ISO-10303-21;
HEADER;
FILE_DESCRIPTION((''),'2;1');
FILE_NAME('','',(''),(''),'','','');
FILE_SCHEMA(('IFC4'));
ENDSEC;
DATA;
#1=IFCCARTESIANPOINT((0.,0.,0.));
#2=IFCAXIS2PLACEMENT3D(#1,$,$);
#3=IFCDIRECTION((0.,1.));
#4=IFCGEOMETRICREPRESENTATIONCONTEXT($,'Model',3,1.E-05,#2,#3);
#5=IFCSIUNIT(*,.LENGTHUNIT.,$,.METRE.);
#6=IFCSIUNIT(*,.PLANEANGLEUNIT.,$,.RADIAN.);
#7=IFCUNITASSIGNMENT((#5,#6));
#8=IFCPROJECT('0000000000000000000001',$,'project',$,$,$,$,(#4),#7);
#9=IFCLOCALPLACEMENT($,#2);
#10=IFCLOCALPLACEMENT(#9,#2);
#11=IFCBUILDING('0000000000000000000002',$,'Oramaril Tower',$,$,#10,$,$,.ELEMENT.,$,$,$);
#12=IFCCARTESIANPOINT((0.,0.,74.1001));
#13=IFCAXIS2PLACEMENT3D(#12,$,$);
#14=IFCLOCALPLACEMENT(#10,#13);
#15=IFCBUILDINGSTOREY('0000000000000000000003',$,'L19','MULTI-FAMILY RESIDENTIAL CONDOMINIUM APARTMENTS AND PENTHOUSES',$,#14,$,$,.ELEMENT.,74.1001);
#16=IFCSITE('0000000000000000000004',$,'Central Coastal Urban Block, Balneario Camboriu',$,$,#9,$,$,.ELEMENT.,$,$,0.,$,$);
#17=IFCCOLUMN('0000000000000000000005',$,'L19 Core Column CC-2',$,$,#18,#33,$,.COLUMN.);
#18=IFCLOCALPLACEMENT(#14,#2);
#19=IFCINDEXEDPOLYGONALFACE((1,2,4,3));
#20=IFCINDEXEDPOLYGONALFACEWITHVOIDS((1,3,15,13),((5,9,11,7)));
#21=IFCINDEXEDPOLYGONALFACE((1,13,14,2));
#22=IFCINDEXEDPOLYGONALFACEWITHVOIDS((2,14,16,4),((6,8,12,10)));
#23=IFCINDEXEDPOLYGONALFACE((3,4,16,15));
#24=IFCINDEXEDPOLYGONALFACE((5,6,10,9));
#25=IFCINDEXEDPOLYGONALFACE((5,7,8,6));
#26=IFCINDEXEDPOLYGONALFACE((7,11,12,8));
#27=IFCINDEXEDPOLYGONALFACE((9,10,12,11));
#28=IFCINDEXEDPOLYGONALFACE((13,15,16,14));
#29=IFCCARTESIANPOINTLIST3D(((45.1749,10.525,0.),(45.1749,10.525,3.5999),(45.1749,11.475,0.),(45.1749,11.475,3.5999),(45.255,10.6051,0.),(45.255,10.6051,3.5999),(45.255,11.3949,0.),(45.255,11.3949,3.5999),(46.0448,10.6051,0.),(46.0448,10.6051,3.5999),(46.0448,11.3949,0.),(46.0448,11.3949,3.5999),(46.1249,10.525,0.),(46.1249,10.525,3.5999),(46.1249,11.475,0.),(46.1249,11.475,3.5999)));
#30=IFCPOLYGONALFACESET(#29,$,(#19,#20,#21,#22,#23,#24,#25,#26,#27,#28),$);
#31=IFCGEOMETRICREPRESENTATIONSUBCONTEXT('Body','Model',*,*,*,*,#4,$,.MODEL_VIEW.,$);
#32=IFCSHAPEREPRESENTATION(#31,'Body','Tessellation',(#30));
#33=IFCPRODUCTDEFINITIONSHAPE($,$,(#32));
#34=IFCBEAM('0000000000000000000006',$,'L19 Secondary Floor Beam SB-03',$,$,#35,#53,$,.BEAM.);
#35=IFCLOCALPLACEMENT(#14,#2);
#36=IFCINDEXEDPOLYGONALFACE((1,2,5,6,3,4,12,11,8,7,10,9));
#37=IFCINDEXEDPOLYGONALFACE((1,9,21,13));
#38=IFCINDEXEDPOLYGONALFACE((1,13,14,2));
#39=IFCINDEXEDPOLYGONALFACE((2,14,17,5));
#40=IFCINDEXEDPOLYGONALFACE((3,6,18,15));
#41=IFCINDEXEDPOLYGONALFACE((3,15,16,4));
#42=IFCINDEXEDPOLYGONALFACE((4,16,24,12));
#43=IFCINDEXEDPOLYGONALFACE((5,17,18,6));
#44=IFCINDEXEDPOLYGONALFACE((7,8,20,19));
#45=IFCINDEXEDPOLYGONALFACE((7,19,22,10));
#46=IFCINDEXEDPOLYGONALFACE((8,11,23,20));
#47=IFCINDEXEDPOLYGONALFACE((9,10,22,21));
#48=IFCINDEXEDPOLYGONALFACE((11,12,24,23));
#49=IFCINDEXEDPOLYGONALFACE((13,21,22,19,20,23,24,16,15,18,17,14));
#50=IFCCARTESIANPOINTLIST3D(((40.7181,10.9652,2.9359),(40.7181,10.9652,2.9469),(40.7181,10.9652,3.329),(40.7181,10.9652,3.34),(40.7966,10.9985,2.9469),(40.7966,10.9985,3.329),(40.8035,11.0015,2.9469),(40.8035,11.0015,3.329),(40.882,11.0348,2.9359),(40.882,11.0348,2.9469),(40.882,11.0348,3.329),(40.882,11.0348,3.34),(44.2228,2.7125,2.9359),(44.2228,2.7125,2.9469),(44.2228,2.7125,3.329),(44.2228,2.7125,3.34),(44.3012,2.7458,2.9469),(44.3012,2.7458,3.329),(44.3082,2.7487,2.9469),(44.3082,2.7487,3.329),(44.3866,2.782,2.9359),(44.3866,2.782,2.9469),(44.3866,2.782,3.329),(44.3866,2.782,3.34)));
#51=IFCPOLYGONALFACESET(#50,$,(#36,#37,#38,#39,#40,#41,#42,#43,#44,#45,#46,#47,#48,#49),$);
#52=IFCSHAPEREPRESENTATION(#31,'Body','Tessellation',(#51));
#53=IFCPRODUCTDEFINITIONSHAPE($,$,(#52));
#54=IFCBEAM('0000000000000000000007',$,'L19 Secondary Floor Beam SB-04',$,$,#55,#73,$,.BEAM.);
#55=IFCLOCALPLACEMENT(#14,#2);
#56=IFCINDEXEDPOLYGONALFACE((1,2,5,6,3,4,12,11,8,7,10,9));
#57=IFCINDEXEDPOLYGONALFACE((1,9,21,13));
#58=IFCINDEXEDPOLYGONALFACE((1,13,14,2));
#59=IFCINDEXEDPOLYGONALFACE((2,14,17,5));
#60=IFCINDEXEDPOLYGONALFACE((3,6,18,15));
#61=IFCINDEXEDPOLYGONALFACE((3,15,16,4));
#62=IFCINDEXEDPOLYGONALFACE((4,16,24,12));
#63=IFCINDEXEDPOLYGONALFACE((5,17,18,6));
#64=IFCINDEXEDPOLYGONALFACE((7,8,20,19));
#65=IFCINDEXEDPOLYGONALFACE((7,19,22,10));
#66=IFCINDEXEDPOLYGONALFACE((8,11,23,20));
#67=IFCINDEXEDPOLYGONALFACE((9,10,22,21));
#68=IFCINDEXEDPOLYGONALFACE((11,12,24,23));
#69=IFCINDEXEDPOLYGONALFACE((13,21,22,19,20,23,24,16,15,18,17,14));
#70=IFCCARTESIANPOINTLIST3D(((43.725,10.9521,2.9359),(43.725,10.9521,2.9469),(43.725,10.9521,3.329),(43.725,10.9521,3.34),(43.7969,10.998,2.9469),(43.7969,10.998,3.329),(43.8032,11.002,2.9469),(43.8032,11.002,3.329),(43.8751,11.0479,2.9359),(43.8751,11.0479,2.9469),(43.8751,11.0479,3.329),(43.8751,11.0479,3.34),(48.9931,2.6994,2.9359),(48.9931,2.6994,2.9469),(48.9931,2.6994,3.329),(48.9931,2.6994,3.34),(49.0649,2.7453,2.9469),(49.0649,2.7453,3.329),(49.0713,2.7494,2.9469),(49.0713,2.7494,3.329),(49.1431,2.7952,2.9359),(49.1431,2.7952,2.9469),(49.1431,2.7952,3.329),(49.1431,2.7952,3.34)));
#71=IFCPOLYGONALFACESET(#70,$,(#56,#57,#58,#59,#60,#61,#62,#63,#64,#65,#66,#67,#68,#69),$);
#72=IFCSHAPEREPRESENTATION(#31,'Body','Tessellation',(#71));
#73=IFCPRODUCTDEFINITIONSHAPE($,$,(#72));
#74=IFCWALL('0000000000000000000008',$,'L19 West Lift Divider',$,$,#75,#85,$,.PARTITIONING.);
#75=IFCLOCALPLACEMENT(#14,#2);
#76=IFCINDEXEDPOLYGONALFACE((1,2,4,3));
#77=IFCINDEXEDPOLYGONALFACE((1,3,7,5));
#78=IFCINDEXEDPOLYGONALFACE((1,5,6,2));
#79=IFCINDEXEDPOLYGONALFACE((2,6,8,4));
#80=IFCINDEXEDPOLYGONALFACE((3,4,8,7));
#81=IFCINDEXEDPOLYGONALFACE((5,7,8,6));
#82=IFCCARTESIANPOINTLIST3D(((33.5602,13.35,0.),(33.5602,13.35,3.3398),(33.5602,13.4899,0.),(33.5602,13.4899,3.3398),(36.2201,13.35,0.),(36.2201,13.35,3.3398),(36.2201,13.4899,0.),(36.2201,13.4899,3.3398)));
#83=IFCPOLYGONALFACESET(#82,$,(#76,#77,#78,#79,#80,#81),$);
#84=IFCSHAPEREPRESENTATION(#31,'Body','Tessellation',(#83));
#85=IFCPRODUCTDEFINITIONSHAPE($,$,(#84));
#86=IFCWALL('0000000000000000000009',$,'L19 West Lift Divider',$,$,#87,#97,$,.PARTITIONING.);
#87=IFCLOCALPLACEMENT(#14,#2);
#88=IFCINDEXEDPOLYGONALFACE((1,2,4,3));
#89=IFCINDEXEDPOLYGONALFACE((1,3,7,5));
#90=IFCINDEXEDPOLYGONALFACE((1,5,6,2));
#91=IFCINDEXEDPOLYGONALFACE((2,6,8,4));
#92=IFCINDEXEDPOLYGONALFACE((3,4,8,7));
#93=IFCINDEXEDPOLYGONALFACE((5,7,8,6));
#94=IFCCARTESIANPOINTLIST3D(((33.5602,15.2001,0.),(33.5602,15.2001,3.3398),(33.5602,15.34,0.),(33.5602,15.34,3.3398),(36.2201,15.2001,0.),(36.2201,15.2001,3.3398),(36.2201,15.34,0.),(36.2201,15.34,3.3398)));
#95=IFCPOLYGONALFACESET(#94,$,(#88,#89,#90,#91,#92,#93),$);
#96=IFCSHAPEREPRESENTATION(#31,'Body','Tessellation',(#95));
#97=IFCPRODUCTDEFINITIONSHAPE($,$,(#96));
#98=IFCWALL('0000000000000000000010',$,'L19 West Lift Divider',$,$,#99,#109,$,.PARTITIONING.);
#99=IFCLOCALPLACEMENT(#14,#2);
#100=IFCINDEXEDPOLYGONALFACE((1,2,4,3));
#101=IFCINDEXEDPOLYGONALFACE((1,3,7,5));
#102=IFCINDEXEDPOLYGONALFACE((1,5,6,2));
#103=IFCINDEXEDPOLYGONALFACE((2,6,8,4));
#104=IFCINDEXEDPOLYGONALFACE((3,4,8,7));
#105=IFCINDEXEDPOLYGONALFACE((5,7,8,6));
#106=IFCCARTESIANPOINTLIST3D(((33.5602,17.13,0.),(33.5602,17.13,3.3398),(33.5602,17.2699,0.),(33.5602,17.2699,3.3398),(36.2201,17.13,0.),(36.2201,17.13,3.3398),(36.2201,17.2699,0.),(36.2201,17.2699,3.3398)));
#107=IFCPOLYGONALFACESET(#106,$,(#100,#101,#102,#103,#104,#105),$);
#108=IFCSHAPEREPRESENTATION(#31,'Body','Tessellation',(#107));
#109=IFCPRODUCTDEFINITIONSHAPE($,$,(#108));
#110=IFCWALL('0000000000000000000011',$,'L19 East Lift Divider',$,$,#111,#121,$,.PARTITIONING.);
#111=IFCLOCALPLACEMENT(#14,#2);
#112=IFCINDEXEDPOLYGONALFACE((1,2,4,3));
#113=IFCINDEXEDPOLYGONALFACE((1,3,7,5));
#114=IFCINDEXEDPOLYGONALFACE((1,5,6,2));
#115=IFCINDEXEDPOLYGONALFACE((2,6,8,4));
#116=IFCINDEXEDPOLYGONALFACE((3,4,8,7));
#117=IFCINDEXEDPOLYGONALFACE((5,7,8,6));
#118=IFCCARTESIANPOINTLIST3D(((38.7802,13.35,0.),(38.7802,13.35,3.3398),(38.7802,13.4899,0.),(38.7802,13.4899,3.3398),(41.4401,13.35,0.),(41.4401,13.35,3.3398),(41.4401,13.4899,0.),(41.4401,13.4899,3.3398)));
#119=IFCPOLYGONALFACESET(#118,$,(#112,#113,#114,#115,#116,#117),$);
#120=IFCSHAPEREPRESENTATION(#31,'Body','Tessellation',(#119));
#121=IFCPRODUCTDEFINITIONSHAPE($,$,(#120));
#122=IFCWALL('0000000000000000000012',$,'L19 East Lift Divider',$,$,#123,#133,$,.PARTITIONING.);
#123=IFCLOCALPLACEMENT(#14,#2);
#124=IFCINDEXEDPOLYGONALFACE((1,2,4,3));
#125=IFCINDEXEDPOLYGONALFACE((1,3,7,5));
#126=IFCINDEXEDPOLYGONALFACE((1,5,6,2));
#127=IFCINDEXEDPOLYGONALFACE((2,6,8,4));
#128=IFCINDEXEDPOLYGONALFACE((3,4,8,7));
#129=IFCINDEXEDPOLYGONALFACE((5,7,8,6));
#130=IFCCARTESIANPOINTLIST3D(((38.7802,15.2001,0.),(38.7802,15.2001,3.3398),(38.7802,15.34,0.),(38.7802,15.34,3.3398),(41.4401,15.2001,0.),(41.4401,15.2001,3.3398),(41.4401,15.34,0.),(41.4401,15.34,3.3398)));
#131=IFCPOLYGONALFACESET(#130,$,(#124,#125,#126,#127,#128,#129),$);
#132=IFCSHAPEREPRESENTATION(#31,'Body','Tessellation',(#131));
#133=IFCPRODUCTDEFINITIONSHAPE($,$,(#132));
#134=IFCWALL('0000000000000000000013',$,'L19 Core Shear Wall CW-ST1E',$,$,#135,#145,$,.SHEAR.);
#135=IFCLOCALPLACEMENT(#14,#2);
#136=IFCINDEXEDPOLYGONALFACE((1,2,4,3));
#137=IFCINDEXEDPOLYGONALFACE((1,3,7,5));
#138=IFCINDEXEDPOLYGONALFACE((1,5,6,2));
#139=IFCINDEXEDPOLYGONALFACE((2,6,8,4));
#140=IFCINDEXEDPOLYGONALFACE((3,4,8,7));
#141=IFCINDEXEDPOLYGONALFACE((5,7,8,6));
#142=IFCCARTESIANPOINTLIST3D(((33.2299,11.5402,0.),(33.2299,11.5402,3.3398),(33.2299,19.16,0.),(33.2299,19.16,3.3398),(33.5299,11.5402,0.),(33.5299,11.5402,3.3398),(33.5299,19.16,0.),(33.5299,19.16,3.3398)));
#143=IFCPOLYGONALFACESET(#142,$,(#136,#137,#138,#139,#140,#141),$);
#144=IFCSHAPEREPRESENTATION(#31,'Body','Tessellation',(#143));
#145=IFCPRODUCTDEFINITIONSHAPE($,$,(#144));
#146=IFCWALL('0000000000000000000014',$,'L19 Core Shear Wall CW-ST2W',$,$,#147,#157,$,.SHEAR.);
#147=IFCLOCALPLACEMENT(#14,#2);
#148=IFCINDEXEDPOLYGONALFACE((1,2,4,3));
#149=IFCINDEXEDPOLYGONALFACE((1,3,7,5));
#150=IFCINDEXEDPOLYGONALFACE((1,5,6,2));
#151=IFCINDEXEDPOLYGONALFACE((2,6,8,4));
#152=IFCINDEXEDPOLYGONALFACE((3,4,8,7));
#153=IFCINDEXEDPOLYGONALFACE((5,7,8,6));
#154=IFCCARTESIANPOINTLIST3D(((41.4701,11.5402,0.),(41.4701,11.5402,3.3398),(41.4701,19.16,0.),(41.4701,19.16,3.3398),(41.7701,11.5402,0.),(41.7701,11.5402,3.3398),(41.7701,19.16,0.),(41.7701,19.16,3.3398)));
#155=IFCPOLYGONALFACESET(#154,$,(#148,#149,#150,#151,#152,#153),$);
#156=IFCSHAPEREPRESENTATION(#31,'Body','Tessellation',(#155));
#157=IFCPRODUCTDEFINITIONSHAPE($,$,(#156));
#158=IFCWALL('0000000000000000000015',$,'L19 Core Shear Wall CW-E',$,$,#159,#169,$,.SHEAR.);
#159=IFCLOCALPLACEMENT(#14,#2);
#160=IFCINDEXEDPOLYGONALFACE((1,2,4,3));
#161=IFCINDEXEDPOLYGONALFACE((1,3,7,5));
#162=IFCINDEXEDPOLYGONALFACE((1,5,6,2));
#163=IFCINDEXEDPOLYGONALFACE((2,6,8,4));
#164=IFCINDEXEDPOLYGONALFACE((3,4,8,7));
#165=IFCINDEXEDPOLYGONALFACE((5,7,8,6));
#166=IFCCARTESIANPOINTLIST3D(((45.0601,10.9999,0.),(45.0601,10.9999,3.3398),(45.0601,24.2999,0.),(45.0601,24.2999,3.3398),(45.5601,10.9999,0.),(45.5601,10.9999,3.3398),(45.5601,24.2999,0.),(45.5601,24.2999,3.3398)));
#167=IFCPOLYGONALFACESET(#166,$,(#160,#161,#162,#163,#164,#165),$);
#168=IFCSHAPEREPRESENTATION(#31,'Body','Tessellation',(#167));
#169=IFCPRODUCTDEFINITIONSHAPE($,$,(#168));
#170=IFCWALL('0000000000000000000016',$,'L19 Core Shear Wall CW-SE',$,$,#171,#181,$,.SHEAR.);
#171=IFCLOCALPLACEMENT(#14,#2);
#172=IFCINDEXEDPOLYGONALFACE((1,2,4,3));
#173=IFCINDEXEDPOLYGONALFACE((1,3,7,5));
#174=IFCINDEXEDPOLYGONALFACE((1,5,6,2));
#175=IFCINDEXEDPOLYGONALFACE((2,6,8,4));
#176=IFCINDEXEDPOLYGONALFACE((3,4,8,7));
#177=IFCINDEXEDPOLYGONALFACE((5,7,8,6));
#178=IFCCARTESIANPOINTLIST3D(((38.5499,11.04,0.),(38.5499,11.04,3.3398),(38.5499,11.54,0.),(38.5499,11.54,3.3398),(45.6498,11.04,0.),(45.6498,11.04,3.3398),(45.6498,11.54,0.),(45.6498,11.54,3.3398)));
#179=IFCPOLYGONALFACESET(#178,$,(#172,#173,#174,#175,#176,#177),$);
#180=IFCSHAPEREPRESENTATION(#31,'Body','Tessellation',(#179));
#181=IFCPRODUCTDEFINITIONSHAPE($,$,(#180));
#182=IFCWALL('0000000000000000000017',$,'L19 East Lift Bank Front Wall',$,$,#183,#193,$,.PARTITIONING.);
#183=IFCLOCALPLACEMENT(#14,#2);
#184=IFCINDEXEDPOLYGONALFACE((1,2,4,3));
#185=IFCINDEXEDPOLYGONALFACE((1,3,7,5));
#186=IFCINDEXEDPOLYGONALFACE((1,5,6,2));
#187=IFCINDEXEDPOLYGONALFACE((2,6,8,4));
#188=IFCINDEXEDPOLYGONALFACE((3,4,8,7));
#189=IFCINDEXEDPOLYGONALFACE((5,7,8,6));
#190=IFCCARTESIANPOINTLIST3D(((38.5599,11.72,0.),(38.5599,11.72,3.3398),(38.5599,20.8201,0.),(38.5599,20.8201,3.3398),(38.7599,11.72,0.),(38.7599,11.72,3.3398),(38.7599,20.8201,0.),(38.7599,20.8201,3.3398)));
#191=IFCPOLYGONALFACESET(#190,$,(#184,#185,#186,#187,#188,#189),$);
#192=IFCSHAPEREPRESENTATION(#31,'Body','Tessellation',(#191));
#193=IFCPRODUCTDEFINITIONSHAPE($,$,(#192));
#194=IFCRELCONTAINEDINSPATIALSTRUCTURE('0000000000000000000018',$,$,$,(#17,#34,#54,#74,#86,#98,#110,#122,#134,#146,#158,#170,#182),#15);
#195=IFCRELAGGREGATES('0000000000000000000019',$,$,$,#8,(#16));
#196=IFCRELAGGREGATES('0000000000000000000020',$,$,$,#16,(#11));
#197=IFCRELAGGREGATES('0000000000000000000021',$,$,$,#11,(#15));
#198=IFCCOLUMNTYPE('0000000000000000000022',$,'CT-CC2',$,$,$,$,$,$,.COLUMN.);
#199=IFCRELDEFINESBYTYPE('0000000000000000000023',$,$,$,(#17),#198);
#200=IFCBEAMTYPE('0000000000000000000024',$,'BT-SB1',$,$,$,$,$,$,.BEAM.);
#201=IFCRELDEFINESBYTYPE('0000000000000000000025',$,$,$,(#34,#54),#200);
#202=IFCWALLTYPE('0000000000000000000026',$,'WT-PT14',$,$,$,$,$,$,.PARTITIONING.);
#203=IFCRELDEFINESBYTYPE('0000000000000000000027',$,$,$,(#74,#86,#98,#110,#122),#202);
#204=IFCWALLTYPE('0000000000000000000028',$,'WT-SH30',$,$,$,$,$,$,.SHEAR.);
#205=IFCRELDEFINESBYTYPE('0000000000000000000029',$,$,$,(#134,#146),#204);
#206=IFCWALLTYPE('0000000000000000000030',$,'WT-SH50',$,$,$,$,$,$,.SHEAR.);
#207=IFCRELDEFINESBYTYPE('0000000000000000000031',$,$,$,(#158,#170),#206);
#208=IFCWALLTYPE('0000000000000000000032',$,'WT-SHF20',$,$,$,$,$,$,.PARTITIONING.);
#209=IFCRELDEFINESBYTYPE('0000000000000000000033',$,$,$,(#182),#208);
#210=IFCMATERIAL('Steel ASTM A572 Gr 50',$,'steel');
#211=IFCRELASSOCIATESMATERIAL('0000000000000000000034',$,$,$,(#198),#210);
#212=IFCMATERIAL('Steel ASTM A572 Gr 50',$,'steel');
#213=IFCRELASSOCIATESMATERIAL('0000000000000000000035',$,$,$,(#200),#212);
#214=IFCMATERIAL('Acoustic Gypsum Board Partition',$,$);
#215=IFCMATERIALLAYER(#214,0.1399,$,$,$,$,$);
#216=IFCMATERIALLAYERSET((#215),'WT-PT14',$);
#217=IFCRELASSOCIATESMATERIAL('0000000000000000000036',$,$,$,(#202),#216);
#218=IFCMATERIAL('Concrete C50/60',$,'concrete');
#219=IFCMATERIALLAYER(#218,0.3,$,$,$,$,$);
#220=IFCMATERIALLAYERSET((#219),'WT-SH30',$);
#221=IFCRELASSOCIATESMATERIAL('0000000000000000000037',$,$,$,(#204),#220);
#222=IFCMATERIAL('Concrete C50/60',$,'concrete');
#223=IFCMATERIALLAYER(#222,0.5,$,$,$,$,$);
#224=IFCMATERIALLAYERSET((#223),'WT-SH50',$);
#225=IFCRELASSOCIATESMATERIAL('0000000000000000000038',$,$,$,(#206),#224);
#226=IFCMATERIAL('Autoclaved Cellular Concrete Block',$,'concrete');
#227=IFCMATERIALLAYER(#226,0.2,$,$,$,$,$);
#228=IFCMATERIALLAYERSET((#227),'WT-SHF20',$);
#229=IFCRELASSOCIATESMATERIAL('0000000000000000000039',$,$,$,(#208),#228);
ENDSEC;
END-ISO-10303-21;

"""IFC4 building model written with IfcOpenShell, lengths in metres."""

from ifc_helpers import new_model, si_unit, direction, frame, frame_2d, origin, origin_2d, place, context, subcontext, project, spatial, rectangle, hollow_rectangle, i_section, extrude, material, layer, layer_set, material_profile, profile_set, type_object, element, save


model = new_model("IFC4")

# Units and contexts
model_context = context("Model", 3, precision=1e-05, world=origin(), true_north=direction((0.0, 1.0)))
body_context = subcontext(model_context, "Body", "Model", "MODEL_VIEW")
ifc_project = project(units=[si_unit("LENGTHUNIT", "METRE"), si_unit("PLANEANGLEUNIT", "RADIAN")], contexts=[model_context])

# Site, building, storey
site_placement = place(None, origin())
site = spatial("IfcSite", under=ifc_project, at=site_placement, Name="Central Coastal Urban Block, Balneario Camboriu", CompositionType="ELEMENT", RefElevation=0.0)
building_placement = place(site_placement, origin())
building = spatial("IfcBuilding", under=site, at=building_placement, Name="Oramaril Tower", CompositionType="ELEMENT")
storey_placement = place(building_placement, frame((0.0, 0.0, 74.1001)))
storey = spatial("IfcBuildingStorey", under=building, at=storey_placement, Name="L19", Description="MULTI-FAMILY RESIDENTIAL CONDOMINIUM APARTMENTS AND PENTHOUSES", CompositionType="ELEMENT", Elevation=74.1001)

# Column
ifc_material_1 = material(Name="Steel ASTM A572 Gr 50", Category="steel")
ifc_material_profile_1 = material_profile(ifc_material_1, hollow_rectangle(XDim=0.95, YDim=0.95, WallThickness=0.0801, at=origin_2d()), Name="BOX950X950X80")
ifc_profile_set_1 = profile_set([ifc_material_profile_1], Name="Steel ASTM A572 Gr 50")
column_type = type_object("IfcColumnType", Name="CT-CC2", PredefinedType="COLUMN", material=ifc_profile_set_1)
column_placement = place(storey_placement, frame((45.6499, 11.0, 0.0), z_axis=(0.0, 0.0, 1.0), x_axis=(1.0, 0.0, 0.0)))
element("IfcColumn", 1, at=column_placement, inside=storey, type_object=column_type, Name="L19 Core Column CC-2", PredefinedType="COLUMN", context=body_context, shape_type="SweptSolid", body=[
    extrude(hollow_rectangle(XDim=0.95, YDim=0.95, WallThickness=0.0801, at=origin_2d()), origin(), (0.0, 0.0, 1.0), 3.5999),
])

# Beams
ifc_material_2 = material(Name="Steel ASTM A572 Gr 50", Category="steel")
ifc_material_profile_2 = material_profile(ifc_material_2, i_section(OverallWidth=0.178, OverallDepth=0.4041, WebThickness=0.0076, FlangeThickness=0.011, at=origin_2d()), Name="W16X36")
ifc_profile_set_2 = profile_set([ifc_material_profile_2], Name="Steel ASTM A572 Gr 50")
beam_type = type_object("IfcBeamType", Name="BT-SB1", PredefinedType="BEAM", material=ifc_profile_set_2)
beam_1_placement = place(storey_placement, frame((40.8, 11.0, 3.1379), z_axis=(0.390881, -0.920441, 0.0), x_axis=(0.920441, 0.390881, 0.0)))
element("IfcBeam", 2, at=beam_1_placement, inside=storey, type_object=beam_type, Name="L19 Secondary Floor Beam SB-03", PredefinedType="BEAM", context=body_context, shape_type="SweptSolid", body=[
    extrude(i_section(OverallWidth=0.178, OverallDepth=0.4041, WebThickness=0.0076, FlangeThickness=0.011, at=origin_2d()), origin(), (0.0, 0.0, 1.0), 8.9661),
])
beam_2_placement = place(storey_placement, frame((43.8, 11.0, 3.1379), z_axis=(0.538064, -0.842904, 0.0), x_axis=(0.842904, 0.538064, 0.0)))
element("IfcBeam", 3, at=beam_2_placement, inside=storey, type_object=beam_type, Name="L19 Secondary Floor Beam SB-04", PredefinedType="BEAM", context=body_context, shape_type="SweptSolid", body=[
    extrude(i_section(OverallWidth=0.178, OverallDepth=0.4041, WebThickness=0.0076, FlangeThickness=0.011, at=origin_2d()), origin(), (0.0, 0.0, 1.0), 9.7908),
])

# Walls
ifc_material_3 = material(Name="Acoustic Gypsum Board Partition")
ifc_layer_1 = layer(ifc_material_3, 0.1399)
ifc_layer_set_1 = layer_set([ifc_layer_1], Name="WT-PT14")
wall_type_1 = type_object("IfcWallType", Name="WT-PT14", PredefinedType="PARTITIONING", material=ifc_layer_set_1)
for number, where, z_axis, x_axis, name in (
    (4, (33.5601, 13.4199, 0.0), (0.0, 0.0, 1.0), (1.0, 0.0, 0.0), "L19 West Lift Divider"),
    (5, (33.5601, 15.27, 0.0), (0.0, 0.0, 1.0), (1.0, 0.0, 0.0), "L19 West Lift Divider"),
    (6, (33.5601, 17.2, 0.0), (0.0, 0.0, 1.0), (1.0, 0.0, 0.0), "L19 West Lift Divider"),
    (7, (38.78, 13.4199, 0.0), (0.0, 0.0, 1.0), (1.0, 0.0, 0.0), "L19 East Lift Divider"),
    (8, (38.78, 15.27, 0.0), (0.0, 0.0, 1.0), (1.0, 0.0, 0.0), "L19 East Lift Divider"),
):
    element("IfcWall", number, at=place(storey_placement, frame(where, z_axis=z_axis, x_axis=x_axis)), inside=storey, type_object=wall_type_1, Name=name, PredefinedType="PARTITIONING", context=body_context, shape_type="SweptSolid", body=[
        extrude(rectangle(XDim=2.6599, YDim=0.1399, at=frame_2d((1.3301, 0.0))), origin(), (0.0, 0.0, 1.0), 3.3398),
    ])
ifc_material_4 = material(Name="Concrete C50/60", Category="concrete")
ifc_layer_2 = layer(ifc_material_4, 0.3)
ifc_layer_set_2 = layer_set([ifc_layer_2], Name="WT-SH30")
wall_type_2 = type_object("IfcWallType", Name="WT-SH30", PredefinedType="SHEAR", material=ifc_layer_set_2)
for number, where, z_axis, x_axis, name in (
    (9, (33.3799, 11.54, 0.0), (0.0, 0.0, 1.0), (0.0, 1.0, 0.0), "L19 Core Shear Wall CW-ST1E"),
    (10, (41.6201, 11.54, 0.0), (0.0, 0.0, 1.0), (0.0, 1.0, 0.0), "L19 Core Shear Wall CW-ST2W"),
):
    element("IfcWall", number, at=place(storey_placement, frame(where, z_axis=z_axis, x_axis=x_axis)), inside=storey, type_object=wall_type_2, Name=name, PredefinedType="SHEAR", context=body_context, shape_type="SweptSolid", body=[
        extrude(rectangle(XDim=7.6199, YDim=0.3, at=frame_2d((3.8101, 0.0))), origin(), (0.0, 0.0, 1.0), 3.3398),
    ])
ifc_material_5 = material(Name="Concrete C50/60", Category="concrete")
ifc_layer_3 = layer(ifc_material_5, 0.5)
ifc_layer_set_3 = layer_set([ifc_layer_3], Name="WT-SH50")
wall_type_3 = type_object("IfcWallType", Name="WT-SH50", PredefinedType="SHEAR", material=ifc_layer_set_3)
wall_1_placement = place(storey_placement, frame((45.3101, 11.0, 0.0), z_axis=(0.0, 0.0, 1.0), x_axis=(0.0, 1.0, 0.0)))
element("IfcWall", 11, at=wall_1_placement, inside=storey, type_object=wall_type_3, Name="L19 Core Shear Wall CW-E", PredefinedType="SHEAR", context=body_context, shape_type="SweptSolid", body=[
    extrude(rectangle(XDim=13.3, YDim=0.5, at=frame_2d((6.6499, 0.0))), origin(), (0.0, 0.0, 1.0), 3.3398),
])
wall_2_placement = place(storey_placement, frame((38.55, 11.29, 0.0), z_axis=(0.0, 0.0, 1.0), x_axis=(1.0, 0.0, 0.0)))
element("IfcWall", 12, at=wall_2_placement, inside=storey, type_object=wall_type_3, Name="L19 Core Shear Wall CW-SE", PredefinedType="SHEAR", context=body_context, shape_type="SweptSolid", body=[
    extrude(rectangle(XDim=7.0999, YDim=0.5, at=frame_2d((3.5498, 0.0))), origin(), (0.0, 0.0, 1.0), 3.3398),
])

# Shared definitions
ifc_material_6 = material(Name="Autoclaved Cellular Concrete Block", Category="concrete")
ifc_layer_4 = layer(ifc_material_6, 0.2)
ifc_layer_set_4 = layer_set([ifc_layer_4], Name="WT-SHF20")
wall_type_4 = type_object("IfcWallType", Name="WT-SHF20", PredefinedType="PARTITIONING", material=ifc_layer_set_4)

# Wall
wall_3_placement = place(storey_placement, frame((38.6599, 11.72, 0.0), z_axis=(0.0, 0.0, 1.0), x_axis=(0.0, 1.0, 0.0)))
element("IfcWall", 13, at=wall_3_placement, inside=storey, type_object=wall_type_4, Name="L19 East Lift Bank Front Wall", PredefinedType="PARTITIONING", context=body_context, shape_type="SweptSolid", body=[
    extrude(rectangle(XDim=9.1001, YDim=0.2, at=frame_2d((4.55, 0.0))), origin(), (0.0, 0.0, 1.0), 3.3398),
])

save(model, "model.ifc")
